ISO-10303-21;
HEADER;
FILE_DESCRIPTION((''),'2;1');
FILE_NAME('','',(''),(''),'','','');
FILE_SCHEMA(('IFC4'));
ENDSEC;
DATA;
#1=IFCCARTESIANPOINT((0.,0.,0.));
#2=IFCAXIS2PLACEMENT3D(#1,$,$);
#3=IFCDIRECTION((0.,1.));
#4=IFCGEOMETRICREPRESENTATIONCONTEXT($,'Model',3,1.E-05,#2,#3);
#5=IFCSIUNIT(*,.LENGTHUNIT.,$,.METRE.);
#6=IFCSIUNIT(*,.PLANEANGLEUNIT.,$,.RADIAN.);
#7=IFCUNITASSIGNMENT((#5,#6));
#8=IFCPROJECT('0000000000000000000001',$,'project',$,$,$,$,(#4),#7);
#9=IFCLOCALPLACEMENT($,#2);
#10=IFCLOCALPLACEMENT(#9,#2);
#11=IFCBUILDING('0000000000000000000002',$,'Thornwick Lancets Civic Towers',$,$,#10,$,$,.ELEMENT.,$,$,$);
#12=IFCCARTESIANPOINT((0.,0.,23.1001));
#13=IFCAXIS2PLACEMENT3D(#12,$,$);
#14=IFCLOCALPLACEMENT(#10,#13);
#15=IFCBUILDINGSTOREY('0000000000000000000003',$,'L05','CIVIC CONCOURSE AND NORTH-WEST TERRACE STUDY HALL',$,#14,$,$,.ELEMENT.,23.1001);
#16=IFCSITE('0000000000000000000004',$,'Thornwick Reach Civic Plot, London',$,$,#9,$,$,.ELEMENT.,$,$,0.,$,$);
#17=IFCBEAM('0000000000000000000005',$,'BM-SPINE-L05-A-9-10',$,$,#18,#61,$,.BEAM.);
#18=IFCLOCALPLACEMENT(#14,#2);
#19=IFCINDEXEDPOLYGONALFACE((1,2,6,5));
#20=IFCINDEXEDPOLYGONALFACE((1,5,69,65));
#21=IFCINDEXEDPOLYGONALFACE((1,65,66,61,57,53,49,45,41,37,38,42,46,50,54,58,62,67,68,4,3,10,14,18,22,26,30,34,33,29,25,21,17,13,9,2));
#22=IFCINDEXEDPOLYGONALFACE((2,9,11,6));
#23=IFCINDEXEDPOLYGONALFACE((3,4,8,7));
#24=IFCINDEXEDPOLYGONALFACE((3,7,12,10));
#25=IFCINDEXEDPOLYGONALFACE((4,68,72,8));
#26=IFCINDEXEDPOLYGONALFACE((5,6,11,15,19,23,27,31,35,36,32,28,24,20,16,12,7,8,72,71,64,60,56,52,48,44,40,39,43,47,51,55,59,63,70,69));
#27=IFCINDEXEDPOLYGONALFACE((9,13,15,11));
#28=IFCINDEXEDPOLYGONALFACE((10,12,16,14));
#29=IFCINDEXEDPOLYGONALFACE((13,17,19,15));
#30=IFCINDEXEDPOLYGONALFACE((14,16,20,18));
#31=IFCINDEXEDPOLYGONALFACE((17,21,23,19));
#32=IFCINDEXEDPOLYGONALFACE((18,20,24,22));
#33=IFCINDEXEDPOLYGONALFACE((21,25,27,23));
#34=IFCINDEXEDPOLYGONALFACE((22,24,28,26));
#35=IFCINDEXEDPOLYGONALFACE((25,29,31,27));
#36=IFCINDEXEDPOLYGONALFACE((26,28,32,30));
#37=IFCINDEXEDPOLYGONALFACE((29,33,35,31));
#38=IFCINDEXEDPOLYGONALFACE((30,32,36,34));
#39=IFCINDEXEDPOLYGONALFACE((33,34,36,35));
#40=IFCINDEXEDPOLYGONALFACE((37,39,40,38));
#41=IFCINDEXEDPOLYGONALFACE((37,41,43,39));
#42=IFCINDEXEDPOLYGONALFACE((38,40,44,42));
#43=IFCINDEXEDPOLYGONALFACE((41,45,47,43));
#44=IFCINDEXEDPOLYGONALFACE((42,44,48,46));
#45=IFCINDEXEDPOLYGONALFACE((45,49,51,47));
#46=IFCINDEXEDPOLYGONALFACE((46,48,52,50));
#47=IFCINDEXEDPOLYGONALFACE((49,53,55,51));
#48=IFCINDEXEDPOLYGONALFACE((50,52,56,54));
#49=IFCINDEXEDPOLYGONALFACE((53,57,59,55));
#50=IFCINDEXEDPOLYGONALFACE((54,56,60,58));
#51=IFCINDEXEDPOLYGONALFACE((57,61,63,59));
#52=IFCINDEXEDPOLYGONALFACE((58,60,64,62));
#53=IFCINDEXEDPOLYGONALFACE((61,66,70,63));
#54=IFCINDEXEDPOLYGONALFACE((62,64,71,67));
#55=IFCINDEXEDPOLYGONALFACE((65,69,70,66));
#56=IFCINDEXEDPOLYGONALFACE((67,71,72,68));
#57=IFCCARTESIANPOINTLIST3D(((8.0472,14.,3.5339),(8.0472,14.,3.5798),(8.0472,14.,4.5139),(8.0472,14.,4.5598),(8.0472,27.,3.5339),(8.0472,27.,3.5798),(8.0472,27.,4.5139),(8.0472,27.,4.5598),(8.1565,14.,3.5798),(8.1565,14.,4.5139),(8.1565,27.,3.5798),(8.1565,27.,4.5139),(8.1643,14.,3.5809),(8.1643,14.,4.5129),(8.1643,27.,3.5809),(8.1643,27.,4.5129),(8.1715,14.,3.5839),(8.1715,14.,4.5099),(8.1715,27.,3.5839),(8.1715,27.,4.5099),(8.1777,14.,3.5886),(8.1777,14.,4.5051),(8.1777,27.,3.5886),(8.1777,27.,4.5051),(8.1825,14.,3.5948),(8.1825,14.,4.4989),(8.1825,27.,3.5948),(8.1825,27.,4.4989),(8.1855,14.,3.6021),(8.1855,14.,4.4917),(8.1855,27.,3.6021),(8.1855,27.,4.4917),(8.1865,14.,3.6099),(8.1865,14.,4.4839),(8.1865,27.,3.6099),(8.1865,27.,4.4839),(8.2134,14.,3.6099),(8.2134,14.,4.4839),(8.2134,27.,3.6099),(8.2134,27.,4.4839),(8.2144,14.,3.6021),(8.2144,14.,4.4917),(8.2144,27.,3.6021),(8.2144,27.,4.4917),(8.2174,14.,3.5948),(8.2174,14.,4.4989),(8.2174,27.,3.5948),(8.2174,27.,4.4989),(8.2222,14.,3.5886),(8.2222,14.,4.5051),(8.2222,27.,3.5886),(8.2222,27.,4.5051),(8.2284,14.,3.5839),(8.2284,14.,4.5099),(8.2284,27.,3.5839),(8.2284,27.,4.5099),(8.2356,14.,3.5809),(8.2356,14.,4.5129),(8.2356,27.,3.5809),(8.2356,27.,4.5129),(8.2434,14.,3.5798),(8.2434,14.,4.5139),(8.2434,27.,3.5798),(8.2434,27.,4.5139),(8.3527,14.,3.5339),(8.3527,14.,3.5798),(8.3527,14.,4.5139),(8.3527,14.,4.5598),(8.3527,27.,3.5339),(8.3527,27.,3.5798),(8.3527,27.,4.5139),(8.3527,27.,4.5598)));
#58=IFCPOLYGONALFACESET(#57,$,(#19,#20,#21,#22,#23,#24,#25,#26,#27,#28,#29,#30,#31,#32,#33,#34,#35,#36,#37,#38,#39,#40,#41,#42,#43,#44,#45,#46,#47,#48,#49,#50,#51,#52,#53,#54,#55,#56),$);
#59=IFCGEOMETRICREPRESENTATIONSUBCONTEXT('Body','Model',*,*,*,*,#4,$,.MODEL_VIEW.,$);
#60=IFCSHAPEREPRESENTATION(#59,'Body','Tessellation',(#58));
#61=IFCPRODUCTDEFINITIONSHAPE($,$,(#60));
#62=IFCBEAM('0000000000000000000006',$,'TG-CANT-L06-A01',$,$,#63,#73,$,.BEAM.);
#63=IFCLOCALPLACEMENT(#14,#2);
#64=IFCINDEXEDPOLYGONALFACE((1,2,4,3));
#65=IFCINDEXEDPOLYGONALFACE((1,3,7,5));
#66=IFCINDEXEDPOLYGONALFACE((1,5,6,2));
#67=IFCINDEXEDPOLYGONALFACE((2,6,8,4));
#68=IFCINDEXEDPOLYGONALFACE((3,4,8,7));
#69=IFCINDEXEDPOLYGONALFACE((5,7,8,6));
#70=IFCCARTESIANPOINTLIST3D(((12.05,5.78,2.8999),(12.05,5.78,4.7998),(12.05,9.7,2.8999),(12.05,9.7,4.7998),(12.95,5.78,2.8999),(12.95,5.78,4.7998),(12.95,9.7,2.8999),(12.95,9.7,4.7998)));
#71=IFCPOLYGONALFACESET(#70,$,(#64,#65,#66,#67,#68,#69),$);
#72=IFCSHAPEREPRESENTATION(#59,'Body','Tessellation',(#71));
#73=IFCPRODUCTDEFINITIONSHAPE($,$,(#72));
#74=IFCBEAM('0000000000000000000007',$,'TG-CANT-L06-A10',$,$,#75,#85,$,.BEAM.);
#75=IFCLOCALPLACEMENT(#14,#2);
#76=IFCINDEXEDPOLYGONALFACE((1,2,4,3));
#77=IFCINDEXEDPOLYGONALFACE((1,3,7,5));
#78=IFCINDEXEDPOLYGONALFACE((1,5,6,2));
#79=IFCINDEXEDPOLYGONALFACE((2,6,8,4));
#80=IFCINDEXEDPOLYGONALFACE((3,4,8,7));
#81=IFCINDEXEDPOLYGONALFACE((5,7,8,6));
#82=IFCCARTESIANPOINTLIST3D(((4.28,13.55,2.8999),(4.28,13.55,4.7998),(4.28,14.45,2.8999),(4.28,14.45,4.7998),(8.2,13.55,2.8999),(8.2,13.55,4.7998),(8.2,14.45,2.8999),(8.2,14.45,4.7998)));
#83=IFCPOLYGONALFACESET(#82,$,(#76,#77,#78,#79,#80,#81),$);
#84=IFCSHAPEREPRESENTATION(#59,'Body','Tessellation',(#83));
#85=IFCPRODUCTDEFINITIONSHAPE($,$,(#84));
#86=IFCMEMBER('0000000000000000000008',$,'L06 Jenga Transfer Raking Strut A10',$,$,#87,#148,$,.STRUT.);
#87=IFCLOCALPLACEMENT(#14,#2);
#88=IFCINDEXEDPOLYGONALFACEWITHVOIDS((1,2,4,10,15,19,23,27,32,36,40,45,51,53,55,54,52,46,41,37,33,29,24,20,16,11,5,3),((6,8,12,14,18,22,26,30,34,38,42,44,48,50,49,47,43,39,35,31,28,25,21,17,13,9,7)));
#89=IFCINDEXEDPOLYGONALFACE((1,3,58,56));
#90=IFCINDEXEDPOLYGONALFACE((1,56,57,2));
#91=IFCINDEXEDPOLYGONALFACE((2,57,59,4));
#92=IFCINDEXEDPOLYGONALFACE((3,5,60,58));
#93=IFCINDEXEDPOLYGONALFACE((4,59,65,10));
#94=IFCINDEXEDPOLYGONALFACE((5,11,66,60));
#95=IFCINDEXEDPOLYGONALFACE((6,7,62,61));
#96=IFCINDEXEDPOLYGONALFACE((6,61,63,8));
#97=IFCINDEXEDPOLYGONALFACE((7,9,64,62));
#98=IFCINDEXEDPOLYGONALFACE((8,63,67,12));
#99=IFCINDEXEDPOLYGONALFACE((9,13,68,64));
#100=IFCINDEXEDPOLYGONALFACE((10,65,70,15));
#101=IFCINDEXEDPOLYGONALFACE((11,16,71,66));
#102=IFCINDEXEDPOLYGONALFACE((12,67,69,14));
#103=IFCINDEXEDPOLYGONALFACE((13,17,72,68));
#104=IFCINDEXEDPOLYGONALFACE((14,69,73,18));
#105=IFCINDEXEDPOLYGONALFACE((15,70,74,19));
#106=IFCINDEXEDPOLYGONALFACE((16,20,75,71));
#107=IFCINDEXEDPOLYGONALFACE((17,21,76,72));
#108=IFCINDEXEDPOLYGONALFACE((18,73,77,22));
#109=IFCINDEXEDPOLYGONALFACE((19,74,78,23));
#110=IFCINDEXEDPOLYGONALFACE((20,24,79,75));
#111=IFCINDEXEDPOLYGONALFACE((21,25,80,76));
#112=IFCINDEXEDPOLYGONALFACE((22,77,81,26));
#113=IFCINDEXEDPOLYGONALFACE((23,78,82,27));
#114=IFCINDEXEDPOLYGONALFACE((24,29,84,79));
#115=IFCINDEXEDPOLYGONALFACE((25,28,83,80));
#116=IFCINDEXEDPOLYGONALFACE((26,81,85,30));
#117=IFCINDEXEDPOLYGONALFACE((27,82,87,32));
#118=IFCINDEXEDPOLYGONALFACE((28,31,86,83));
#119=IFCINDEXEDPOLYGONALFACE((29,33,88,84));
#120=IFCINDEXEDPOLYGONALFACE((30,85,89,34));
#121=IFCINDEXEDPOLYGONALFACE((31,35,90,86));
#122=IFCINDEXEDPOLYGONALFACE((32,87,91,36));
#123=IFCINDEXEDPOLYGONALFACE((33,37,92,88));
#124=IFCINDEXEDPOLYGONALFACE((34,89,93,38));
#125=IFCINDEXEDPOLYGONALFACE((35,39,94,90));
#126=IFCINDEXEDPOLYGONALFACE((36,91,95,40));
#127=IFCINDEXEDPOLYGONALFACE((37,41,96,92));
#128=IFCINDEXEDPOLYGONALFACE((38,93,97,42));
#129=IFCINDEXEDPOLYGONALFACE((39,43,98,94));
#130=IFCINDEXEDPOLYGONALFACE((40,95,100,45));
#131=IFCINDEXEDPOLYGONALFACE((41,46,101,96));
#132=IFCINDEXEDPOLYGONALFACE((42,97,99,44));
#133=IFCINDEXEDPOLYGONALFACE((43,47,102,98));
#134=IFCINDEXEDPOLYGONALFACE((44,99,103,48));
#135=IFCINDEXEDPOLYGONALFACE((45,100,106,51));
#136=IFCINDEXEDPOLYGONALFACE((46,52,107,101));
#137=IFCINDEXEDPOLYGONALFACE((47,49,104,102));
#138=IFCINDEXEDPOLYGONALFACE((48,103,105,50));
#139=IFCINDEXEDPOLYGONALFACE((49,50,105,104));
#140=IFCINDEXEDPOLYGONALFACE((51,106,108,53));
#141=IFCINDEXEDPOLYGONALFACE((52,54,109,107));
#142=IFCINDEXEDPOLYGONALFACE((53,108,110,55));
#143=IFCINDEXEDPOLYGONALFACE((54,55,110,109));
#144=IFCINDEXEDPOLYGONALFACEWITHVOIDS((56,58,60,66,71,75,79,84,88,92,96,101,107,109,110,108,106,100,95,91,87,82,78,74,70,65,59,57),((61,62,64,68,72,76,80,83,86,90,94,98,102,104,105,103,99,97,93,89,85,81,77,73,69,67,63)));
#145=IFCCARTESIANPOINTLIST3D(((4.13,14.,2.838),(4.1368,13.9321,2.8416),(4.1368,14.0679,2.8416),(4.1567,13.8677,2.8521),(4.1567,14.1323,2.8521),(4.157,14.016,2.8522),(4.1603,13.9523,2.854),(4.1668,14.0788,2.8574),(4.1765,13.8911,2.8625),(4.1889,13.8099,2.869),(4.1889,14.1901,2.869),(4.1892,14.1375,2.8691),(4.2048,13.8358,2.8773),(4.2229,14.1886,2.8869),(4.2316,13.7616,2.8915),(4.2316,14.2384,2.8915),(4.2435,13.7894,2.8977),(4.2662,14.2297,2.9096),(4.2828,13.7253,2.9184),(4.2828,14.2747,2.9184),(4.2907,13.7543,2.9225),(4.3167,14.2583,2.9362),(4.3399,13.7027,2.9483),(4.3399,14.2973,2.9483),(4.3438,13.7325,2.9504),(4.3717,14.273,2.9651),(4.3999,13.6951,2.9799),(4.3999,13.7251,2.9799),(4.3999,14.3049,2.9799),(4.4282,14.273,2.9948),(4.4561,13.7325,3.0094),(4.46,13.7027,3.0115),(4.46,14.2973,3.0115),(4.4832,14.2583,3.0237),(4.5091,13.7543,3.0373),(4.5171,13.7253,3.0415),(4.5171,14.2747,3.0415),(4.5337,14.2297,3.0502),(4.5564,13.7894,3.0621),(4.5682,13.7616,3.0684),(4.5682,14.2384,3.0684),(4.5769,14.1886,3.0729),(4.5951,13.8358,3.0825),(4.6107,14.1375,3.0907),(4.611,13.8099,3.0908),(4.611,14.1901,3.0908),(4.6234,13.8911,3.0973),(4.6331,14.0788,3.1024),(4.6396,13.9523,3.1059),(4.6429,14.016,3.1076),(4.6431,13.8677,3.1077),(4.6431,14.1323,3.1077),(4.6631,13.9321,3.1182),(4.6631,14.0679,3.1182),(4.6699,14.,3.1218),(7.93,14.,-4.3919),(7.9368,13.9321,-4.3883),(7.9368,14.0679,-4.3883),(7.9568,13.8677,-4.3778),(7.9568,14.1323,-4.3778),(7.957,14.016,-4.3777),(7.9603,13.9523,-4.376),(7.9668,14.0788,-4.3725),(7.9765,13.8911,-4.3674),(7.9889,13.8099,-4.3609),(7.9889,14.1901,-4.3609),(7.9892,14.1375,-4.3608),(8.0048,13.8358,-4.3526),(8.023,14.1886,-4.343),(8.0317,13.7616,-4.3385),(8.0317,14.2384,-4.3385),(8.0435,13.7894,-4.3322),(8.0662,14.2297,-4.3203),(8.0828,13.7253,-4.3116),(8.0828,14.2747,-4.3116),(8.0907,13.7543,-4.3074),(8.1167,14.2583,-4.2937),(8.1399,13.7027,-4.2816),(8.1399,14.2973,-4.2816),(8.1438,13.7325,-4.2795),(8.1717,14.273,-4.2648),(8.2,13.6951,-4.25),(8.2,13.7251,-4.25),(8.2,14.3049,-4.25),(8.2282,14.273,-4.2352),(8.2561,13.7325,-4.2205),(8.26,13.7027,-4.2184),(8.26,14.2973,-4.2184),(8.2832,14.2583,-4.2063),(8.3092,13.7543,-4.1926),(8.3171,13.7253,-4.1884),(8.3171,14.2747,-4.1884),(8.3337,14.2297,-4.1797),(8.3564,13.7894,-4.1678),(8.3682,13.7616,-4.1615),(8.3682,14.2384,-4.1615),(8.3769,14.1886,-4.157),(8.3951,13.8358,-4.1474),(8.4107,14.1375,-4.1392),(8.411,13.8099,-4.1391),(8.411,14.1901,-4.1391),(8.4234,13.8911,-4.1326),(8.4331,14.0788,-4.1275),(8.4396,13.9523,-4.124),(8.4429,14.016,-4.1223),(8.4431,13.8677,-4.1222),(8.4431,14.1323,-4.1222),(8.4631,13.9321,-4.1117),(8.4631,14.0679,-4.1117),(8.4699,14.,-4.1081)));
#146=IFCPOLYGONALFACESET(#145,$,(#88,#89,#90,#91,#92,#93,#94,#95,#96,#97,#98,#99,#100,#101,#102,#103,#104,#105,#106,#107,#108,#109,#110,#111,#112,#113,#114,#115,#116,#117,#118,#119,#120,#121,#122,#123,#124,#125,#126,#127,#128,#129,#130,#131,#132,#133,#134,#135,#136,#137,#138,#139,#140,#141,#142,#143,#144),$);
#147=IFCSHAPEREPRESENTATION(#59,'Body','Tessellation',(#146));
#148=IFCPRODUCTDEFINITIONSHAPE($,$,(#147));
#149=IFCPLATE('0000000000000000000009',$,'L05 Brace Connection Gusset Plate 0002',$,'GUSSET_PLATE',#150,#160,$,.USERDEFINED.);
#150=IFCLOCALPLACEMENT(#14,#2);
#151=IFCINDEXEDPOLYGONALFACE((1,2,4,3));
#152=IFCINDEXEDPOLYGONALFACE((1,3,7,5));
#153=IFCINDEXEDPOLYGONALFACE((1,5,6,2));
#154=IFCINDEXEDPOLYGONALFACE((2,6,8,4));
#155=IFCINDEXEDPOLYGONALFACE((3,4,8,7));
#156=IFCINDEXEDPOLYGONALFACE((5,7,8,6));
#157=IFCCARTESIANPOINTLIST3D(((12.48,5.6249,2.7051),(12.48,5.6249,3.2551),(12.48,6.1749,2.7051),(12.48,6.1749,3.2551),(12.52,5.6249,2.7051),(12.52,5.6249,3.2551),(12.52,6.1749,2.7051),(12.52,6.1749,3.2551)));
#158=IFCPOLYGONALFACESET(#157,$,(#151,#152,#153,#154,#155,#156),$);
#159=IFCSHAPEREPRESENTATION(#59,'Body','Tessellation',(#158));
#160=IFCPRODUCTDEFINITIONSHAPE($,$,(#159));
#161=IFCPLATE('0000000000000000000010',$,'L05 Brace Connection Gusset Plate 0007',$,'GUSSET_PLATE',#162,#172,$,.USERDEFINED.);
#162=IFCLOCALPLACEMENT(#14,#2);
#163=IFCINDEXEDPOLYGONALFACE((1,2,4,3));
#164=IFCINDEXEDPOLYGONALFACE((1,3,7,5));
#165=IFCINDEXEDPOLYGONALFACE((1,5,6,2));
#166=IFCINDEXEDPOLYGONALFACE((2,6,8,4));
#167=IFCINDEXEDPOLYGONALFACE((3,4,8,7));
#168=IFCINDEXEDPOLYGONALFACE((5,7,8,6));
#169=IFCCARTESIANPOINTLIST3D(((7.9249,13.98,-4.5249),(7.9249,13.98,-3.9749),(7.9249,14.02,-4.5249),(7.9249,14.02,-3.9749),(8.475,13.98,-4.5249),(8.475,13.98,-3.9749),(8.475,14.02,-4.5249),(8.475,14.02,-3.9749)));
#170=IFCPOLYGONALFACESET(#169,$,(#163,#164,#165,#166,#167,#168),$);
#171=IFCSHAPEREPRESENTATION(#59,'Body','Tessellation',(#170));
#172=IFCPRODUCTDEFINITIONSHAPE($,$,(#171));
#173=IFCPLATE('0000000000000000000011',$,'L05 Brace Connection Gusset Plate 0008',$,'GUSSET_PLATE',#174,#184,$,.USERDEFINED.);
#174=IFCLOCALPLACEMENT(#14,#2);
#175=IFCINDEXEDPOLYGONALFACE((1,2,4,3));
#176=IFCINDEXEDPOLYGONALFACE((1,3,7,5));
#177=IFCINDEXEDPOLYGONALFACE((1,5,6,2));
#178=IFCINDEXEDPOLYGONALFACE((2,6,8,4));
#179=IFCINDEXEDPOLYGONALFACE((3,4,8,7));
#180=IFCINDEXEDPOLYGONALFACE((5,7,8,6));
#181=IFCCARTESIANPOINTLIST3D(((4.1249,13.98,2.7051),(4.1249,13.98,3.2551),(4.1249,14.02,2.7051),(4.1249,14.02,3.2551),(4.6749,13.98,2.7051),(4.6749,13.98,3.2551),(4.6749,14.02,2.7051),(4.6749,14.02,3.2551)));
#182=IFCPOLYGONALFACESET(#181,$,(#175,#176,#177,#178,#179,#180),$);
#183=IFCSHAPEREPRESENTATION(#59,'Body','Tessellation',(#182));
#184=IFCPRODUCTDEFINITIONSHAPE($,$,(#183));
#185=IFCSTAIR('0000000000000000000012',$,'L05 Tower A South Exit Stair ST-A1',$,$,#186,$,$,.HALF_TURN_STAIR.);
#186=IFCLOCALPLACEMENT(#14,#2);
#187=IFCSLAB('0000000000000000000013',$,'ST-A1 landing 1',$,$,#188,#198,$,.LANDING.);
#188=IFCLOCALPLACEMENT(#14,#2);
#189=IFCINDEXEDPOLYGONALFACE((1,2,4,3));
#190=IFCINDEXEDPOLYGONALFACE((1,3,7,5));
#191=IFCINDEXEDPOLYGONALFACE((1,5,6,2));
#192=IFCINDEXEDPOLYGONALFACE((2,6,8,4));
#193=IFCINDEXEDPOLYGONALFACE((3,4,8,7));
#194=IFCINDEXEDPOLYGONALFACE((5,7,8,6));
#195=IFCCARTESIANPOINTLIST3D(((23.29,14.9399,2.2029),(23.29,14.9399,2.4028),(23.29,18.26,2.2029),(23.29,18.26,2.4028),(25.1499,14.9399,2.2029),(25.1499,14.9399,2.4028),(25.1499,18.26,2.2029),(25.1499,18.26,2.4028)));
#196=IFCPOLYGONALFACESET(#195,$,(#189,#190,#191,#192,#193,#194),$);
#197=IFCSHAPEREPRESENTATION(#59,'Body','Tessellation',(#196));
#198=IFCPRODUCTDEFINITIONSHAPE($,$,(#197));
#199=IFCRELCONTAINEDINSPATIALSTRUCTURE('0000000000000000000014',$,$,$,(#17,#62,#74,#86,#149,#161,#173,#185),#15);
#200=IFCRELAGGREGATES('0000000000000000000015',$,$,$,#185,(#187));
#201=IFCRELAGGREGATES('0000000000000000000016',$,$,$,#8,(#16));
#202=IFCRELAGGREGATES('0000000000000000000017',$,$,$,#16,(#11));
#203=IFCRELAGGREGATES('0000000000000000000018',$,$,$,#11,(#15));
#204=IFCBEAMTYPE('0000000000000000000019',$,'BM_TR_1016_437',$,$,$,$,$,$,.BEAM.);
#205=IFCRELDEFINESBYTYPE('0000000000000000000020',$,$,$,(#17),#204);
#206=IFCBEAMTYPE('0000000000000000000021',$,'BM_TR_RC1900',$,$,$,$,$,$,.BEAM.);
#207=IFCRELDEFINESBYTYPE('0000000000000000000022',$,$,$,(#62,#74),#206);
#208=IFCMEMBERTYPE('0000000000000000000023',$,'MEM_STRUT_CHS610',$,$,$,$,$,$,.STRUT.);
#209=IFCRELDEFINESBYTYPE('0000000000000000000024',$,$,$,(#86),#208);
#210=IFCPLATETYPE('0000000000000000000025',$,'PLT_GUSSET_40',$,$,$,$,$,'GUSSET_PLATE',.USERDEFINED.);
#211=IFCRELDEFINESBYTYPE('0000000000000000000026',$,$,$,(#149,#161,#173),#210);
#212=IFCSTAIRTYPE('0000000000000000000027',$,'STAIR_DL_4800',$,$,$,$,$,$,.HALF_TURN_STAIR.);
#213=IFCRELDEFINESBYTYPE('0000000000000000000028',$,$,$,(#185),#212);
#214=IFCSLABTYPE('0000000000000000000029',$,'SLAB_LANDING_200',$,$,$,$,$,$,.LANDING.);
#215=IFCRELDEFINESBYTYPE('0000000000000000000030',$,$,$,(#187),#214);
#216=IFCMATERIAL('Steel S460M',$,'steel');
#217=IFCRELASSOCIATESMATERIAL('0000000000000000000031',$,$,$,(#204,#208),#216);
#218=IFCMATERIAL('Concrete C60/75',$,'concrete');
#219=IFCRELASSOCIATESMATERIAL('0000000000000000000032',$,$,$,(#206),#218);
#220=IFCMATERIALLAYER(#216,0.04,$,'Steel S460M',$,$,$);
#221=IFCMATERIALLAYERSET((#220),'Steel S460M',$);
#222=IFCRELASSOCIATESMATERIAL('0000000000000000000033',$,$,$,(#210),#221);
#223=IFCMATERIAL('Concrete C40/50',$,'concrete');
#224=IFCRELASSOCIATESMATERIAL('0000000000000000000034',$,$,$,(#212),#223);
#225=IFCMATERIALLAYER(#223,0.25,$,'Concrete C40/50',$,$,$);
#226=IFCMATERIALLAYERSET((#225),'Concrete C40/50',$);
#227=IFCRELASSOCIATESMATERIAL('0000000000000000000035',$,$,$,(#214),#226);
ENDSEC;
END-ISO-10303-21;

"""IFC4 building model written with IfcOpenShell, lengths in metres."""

from ifc_helpers import new_model, si_unit, direction, frame, origin, origin_2d, place, context, subcontext, project, spatial, polyline, rectangle, hollow_circle, i_section, outline, extrude, material, layer, layer_set, material_profile, profile_set, type_object, element, aggregate, save


model = new_model("IFC4")

# Units and contexts
model_context = context("Model", 3, precision=1e-05, world=origin(), true_north=direction((0.0, 1.0)))
body_context = subcontext(model_context, "Body", "Model", "MODEL_VIEW")
ifc_project = project(units=[si_unit("LENGTHUNIT", "METRE"), si_unit("PLANEANGLEUNIT", "RADIAN")], contexts=[model_context])

# Site, building, storey
site_placement = place(None, origin())
site = spatial("IfcSite", under=ifc_project, at=site_placement, Name="Thornwick Reach Civic Plot, London", CompositionType="ELEMENT", RefElevation=0.0)
building_placement = place(site_placement, origin())
building = spatial("IfcBuilding", under=site, at=building_placement, Name="Thornwick Lancets Civic Towers", CompositionType="ELEMENT")
storey_placement = place(building_placement, frame((0.0, 0.0, 23.1001)))
storey = spatial("IfcBuildingStorey", under=building, at=storey_placement, Name="L05", Description="CIVIC CONCOURSE AND NORTH-WEST TERRACE STUDY HALL", CompositionType="ELEMENT", Elevation=23.1001)

# Shared definitions
ifc_material_1 = material(Name="Concrete C60/75", Category="concrete")
ifc_material_2 = material(Name="Concrete C40/50", Category="concrete")

# Beams
ifc_material_3 = material(Name="Steel S460M", Category="steel")
ifc_material_profile_1 = material_profile(ifc_material_3, i_section(OverallWidth=0.3054, OverallDepth=1.0259, WebThickness=0.0269, FlangeThickness=0.0459, FilletRadius=0.03, at=origin_2d()), Name="UKB 1016x305x437")
ifc_profile_set_1 = profile_set([ifc_material_profile_1], Name="Steel S460M")
beam_type_1 = type_object("IfcBeamType", Name="BM_TR_1016_437", PredefinedType="BEAM", material=ifc_profile_set_1)
beam_1_placement = place(storey_placement, frame((8.2, 14.0, 4.0469), z_axis=(0.0, 1.0, 0.0), x_axis=(-1.0, 0.0, 0.0)))
element("IfcBeam", 1, at=beam_1_placement, inside=storey, type_object=beam_type_1, Name="BM-SPINE-L05-A-9-10", PredefinedType="BEAM", context=body_context, shape_type="SweptSolid", body=[
    extrude(i_section(OverallWidth=0.3054, OverallDepth=1.0259, WebThickness=0.0269, FlangeThickness=0.0459, FilletRadius=0.03, at=origin_2d()), origin(), (0.0, 0.0, 1.0), 13.0),
])
ifc_material_profile_2 = material_profile(ifc_material_1, rectangle(XDim=0.8999, YDim=1.8999, at=origin_2d()), Name="RC 900x1900")
ifc_profile_set_2 = profile_set([ifc_material_profile_2], Name="Concrete C60/75")
beam_type_2 = type_object("IfcBeamType", Name="BM_TR_RC1900", PredefinedType="BEAM", material=ifc_profile_set_2)
for number, where, z_axis, x_axis, name in (
    (2, (12.5, 9.7, 3.8499), (0.0, -1.0, 0.0), (1.0, 0.0, 0.0), "TG-CANT-L06-A01"),
    (3, (8.2, 14.0, 3.8499), (-1.0, 0.0, 0.0), (0.0, -1.0, 0.0), "TG-CANT-L06-A10"),
):
    element("IfcBeam", number, at=place(storey_placement, frame(where, z_axis=z_axis, x_axis=x_axis)), inside=storey, type_object=beam_type_2, Name=name, PredefinedType="BEAM", context=body_context, shape_type="SweptSolid", body=[
        extrude(rectangle(XDim=0.8999, YDim=1.8999, at=origin_2d()), origin(), (0.0, 0.0, 1.0), 3.9199),
    ])

# Member
ifc_material_profile_3 = material_profile(ifc_material_3, hollow_circle(Radius=0.3049, WallThickness=0.03, at=origin_2d()), Name="CHS 610x30")
ifc_profile_set_3 = profile_set([ifc_material_profile_3], Name="Steel S460M")
member_type = type_object("IfcMemberType", Name="MEM_STRUT_CHS610", PredefinedType="STRUT", material=ifc_profile_set_3)
member_placement = place(storey_placement, frame((8.2, 14.0, -4.25), z_axis=(-0.465247, 0.0, 0.885181), x_axis=(0.0, -1.0, 0.0)))
element("IfcMember", 4, at=member_placement, inside=storey, type_object=member_type, Name="L06 Jenga Transfer Raking Strut A10", PredefinedType="STRUT", context=body_context, shape_type="SweptSolid", body=[
    extrude(hollow_circle(Radius=0.3049, WallThickness=0.03, at=origin_2d()), origin(), (0.0, 0.0, 1.0), 8.1677),
])

# Plates
ifc_layer_1 = layer(ifc_material_3, 0.04, Name="Steel S460M")
ifc_layer_set_1 = layer_set([ifc_layer_1], Name="Steel S460M")
plate_type = type_object("IfcPlateType", Name="PLT_GUSSET_40", ElementType="GUSSET_PLATE", PredefinedType="USERDEFINED", material=ifc_layer_set_1)
for number, where, z_axis, x_axis, name in (
    (5, (12.5, 5.8999, 2.7051), (0.0, 0.0, 1.0), (0.0, -1.0, 0.0), "L05 Brace Connection Gusset Plate 0002"),
    (6, (8.2, 14.0, -4.5249), (0.0, 0.0, 1.0), (-1.0, 0.0, 0.0), "L05 Brace Connection Gusset Plate 0007"),
    (7, (4.3999, 14.0, 2.7051), (0.0, 0.0, 1.0), (-1.0, 0.0, 0.0), "L05 Brace Connection Gusset Plate 0008"),
):
    element("IfcPlate", number, at=place(storey_placement, frame(where, z_axis=z_axis, x_axis=x_axis)), inside=storey, type_object=plate_type, Name=name, ObjectType="GUSSET_PLATE", PredefinedType="USERDEFINED", context=body_context, shape_type="SweptSolid", body=[
        extrude(rectangle(XDim=0.55, YDim=0.04, at=origin_2d()), origin(), (0.0, 0.0, 1.0), 0.55),
    ])

# Stair, slab
stair_type = type_object("IfcStairType", Name="STAIR_DL_4800", PredefinedType="HALF_TURN_STAIR", material=ifc_material_2)
stair_1_placement = place(storey_placement, origin())
stair_1 = element("IfcStair", 8, at=stair_1_placement, inside=storey, type_object=stair_type, Name="L05 Tower A South Exit Stair ST-A1", PredefinedType="HALF_TURN_STAIR")
ifc_layer_2 = layer(ifc_material_2, 0.25, Name="Concrete C40/50")
ifc_layer_set_2 = layer_set([ifc_layer_2], Name="Concrete C40/50")
slab_type_1 = type_object("IfcSlabType", Name="SLAB_LANDING_200", PredefinedType="LANDING", material=ifc_layer_set_2)
slab_1_placement = place(storey_placement, frame((0.0, 0.0, 2.2029)))
slab_1 = element("IfcSlab", 9, at=slab_1_placement, type_object=slab_type_1, Name="ST-A1 landing 1", PredefinedType="LANDING", context=body_context, shape_type="SweptSolid", body=[
    extrude(outline(polyline([(23.29, 14.9399), (25.1499, 14.9399), (25.1499, 18.26), (23.29, 18.26), (23.29, 14.9399)])), origin(), (0.0, 0.0, 1.0), 0.2),
])
aggregate(stair_1, [slab_1])

save(model, "model.ifc")
